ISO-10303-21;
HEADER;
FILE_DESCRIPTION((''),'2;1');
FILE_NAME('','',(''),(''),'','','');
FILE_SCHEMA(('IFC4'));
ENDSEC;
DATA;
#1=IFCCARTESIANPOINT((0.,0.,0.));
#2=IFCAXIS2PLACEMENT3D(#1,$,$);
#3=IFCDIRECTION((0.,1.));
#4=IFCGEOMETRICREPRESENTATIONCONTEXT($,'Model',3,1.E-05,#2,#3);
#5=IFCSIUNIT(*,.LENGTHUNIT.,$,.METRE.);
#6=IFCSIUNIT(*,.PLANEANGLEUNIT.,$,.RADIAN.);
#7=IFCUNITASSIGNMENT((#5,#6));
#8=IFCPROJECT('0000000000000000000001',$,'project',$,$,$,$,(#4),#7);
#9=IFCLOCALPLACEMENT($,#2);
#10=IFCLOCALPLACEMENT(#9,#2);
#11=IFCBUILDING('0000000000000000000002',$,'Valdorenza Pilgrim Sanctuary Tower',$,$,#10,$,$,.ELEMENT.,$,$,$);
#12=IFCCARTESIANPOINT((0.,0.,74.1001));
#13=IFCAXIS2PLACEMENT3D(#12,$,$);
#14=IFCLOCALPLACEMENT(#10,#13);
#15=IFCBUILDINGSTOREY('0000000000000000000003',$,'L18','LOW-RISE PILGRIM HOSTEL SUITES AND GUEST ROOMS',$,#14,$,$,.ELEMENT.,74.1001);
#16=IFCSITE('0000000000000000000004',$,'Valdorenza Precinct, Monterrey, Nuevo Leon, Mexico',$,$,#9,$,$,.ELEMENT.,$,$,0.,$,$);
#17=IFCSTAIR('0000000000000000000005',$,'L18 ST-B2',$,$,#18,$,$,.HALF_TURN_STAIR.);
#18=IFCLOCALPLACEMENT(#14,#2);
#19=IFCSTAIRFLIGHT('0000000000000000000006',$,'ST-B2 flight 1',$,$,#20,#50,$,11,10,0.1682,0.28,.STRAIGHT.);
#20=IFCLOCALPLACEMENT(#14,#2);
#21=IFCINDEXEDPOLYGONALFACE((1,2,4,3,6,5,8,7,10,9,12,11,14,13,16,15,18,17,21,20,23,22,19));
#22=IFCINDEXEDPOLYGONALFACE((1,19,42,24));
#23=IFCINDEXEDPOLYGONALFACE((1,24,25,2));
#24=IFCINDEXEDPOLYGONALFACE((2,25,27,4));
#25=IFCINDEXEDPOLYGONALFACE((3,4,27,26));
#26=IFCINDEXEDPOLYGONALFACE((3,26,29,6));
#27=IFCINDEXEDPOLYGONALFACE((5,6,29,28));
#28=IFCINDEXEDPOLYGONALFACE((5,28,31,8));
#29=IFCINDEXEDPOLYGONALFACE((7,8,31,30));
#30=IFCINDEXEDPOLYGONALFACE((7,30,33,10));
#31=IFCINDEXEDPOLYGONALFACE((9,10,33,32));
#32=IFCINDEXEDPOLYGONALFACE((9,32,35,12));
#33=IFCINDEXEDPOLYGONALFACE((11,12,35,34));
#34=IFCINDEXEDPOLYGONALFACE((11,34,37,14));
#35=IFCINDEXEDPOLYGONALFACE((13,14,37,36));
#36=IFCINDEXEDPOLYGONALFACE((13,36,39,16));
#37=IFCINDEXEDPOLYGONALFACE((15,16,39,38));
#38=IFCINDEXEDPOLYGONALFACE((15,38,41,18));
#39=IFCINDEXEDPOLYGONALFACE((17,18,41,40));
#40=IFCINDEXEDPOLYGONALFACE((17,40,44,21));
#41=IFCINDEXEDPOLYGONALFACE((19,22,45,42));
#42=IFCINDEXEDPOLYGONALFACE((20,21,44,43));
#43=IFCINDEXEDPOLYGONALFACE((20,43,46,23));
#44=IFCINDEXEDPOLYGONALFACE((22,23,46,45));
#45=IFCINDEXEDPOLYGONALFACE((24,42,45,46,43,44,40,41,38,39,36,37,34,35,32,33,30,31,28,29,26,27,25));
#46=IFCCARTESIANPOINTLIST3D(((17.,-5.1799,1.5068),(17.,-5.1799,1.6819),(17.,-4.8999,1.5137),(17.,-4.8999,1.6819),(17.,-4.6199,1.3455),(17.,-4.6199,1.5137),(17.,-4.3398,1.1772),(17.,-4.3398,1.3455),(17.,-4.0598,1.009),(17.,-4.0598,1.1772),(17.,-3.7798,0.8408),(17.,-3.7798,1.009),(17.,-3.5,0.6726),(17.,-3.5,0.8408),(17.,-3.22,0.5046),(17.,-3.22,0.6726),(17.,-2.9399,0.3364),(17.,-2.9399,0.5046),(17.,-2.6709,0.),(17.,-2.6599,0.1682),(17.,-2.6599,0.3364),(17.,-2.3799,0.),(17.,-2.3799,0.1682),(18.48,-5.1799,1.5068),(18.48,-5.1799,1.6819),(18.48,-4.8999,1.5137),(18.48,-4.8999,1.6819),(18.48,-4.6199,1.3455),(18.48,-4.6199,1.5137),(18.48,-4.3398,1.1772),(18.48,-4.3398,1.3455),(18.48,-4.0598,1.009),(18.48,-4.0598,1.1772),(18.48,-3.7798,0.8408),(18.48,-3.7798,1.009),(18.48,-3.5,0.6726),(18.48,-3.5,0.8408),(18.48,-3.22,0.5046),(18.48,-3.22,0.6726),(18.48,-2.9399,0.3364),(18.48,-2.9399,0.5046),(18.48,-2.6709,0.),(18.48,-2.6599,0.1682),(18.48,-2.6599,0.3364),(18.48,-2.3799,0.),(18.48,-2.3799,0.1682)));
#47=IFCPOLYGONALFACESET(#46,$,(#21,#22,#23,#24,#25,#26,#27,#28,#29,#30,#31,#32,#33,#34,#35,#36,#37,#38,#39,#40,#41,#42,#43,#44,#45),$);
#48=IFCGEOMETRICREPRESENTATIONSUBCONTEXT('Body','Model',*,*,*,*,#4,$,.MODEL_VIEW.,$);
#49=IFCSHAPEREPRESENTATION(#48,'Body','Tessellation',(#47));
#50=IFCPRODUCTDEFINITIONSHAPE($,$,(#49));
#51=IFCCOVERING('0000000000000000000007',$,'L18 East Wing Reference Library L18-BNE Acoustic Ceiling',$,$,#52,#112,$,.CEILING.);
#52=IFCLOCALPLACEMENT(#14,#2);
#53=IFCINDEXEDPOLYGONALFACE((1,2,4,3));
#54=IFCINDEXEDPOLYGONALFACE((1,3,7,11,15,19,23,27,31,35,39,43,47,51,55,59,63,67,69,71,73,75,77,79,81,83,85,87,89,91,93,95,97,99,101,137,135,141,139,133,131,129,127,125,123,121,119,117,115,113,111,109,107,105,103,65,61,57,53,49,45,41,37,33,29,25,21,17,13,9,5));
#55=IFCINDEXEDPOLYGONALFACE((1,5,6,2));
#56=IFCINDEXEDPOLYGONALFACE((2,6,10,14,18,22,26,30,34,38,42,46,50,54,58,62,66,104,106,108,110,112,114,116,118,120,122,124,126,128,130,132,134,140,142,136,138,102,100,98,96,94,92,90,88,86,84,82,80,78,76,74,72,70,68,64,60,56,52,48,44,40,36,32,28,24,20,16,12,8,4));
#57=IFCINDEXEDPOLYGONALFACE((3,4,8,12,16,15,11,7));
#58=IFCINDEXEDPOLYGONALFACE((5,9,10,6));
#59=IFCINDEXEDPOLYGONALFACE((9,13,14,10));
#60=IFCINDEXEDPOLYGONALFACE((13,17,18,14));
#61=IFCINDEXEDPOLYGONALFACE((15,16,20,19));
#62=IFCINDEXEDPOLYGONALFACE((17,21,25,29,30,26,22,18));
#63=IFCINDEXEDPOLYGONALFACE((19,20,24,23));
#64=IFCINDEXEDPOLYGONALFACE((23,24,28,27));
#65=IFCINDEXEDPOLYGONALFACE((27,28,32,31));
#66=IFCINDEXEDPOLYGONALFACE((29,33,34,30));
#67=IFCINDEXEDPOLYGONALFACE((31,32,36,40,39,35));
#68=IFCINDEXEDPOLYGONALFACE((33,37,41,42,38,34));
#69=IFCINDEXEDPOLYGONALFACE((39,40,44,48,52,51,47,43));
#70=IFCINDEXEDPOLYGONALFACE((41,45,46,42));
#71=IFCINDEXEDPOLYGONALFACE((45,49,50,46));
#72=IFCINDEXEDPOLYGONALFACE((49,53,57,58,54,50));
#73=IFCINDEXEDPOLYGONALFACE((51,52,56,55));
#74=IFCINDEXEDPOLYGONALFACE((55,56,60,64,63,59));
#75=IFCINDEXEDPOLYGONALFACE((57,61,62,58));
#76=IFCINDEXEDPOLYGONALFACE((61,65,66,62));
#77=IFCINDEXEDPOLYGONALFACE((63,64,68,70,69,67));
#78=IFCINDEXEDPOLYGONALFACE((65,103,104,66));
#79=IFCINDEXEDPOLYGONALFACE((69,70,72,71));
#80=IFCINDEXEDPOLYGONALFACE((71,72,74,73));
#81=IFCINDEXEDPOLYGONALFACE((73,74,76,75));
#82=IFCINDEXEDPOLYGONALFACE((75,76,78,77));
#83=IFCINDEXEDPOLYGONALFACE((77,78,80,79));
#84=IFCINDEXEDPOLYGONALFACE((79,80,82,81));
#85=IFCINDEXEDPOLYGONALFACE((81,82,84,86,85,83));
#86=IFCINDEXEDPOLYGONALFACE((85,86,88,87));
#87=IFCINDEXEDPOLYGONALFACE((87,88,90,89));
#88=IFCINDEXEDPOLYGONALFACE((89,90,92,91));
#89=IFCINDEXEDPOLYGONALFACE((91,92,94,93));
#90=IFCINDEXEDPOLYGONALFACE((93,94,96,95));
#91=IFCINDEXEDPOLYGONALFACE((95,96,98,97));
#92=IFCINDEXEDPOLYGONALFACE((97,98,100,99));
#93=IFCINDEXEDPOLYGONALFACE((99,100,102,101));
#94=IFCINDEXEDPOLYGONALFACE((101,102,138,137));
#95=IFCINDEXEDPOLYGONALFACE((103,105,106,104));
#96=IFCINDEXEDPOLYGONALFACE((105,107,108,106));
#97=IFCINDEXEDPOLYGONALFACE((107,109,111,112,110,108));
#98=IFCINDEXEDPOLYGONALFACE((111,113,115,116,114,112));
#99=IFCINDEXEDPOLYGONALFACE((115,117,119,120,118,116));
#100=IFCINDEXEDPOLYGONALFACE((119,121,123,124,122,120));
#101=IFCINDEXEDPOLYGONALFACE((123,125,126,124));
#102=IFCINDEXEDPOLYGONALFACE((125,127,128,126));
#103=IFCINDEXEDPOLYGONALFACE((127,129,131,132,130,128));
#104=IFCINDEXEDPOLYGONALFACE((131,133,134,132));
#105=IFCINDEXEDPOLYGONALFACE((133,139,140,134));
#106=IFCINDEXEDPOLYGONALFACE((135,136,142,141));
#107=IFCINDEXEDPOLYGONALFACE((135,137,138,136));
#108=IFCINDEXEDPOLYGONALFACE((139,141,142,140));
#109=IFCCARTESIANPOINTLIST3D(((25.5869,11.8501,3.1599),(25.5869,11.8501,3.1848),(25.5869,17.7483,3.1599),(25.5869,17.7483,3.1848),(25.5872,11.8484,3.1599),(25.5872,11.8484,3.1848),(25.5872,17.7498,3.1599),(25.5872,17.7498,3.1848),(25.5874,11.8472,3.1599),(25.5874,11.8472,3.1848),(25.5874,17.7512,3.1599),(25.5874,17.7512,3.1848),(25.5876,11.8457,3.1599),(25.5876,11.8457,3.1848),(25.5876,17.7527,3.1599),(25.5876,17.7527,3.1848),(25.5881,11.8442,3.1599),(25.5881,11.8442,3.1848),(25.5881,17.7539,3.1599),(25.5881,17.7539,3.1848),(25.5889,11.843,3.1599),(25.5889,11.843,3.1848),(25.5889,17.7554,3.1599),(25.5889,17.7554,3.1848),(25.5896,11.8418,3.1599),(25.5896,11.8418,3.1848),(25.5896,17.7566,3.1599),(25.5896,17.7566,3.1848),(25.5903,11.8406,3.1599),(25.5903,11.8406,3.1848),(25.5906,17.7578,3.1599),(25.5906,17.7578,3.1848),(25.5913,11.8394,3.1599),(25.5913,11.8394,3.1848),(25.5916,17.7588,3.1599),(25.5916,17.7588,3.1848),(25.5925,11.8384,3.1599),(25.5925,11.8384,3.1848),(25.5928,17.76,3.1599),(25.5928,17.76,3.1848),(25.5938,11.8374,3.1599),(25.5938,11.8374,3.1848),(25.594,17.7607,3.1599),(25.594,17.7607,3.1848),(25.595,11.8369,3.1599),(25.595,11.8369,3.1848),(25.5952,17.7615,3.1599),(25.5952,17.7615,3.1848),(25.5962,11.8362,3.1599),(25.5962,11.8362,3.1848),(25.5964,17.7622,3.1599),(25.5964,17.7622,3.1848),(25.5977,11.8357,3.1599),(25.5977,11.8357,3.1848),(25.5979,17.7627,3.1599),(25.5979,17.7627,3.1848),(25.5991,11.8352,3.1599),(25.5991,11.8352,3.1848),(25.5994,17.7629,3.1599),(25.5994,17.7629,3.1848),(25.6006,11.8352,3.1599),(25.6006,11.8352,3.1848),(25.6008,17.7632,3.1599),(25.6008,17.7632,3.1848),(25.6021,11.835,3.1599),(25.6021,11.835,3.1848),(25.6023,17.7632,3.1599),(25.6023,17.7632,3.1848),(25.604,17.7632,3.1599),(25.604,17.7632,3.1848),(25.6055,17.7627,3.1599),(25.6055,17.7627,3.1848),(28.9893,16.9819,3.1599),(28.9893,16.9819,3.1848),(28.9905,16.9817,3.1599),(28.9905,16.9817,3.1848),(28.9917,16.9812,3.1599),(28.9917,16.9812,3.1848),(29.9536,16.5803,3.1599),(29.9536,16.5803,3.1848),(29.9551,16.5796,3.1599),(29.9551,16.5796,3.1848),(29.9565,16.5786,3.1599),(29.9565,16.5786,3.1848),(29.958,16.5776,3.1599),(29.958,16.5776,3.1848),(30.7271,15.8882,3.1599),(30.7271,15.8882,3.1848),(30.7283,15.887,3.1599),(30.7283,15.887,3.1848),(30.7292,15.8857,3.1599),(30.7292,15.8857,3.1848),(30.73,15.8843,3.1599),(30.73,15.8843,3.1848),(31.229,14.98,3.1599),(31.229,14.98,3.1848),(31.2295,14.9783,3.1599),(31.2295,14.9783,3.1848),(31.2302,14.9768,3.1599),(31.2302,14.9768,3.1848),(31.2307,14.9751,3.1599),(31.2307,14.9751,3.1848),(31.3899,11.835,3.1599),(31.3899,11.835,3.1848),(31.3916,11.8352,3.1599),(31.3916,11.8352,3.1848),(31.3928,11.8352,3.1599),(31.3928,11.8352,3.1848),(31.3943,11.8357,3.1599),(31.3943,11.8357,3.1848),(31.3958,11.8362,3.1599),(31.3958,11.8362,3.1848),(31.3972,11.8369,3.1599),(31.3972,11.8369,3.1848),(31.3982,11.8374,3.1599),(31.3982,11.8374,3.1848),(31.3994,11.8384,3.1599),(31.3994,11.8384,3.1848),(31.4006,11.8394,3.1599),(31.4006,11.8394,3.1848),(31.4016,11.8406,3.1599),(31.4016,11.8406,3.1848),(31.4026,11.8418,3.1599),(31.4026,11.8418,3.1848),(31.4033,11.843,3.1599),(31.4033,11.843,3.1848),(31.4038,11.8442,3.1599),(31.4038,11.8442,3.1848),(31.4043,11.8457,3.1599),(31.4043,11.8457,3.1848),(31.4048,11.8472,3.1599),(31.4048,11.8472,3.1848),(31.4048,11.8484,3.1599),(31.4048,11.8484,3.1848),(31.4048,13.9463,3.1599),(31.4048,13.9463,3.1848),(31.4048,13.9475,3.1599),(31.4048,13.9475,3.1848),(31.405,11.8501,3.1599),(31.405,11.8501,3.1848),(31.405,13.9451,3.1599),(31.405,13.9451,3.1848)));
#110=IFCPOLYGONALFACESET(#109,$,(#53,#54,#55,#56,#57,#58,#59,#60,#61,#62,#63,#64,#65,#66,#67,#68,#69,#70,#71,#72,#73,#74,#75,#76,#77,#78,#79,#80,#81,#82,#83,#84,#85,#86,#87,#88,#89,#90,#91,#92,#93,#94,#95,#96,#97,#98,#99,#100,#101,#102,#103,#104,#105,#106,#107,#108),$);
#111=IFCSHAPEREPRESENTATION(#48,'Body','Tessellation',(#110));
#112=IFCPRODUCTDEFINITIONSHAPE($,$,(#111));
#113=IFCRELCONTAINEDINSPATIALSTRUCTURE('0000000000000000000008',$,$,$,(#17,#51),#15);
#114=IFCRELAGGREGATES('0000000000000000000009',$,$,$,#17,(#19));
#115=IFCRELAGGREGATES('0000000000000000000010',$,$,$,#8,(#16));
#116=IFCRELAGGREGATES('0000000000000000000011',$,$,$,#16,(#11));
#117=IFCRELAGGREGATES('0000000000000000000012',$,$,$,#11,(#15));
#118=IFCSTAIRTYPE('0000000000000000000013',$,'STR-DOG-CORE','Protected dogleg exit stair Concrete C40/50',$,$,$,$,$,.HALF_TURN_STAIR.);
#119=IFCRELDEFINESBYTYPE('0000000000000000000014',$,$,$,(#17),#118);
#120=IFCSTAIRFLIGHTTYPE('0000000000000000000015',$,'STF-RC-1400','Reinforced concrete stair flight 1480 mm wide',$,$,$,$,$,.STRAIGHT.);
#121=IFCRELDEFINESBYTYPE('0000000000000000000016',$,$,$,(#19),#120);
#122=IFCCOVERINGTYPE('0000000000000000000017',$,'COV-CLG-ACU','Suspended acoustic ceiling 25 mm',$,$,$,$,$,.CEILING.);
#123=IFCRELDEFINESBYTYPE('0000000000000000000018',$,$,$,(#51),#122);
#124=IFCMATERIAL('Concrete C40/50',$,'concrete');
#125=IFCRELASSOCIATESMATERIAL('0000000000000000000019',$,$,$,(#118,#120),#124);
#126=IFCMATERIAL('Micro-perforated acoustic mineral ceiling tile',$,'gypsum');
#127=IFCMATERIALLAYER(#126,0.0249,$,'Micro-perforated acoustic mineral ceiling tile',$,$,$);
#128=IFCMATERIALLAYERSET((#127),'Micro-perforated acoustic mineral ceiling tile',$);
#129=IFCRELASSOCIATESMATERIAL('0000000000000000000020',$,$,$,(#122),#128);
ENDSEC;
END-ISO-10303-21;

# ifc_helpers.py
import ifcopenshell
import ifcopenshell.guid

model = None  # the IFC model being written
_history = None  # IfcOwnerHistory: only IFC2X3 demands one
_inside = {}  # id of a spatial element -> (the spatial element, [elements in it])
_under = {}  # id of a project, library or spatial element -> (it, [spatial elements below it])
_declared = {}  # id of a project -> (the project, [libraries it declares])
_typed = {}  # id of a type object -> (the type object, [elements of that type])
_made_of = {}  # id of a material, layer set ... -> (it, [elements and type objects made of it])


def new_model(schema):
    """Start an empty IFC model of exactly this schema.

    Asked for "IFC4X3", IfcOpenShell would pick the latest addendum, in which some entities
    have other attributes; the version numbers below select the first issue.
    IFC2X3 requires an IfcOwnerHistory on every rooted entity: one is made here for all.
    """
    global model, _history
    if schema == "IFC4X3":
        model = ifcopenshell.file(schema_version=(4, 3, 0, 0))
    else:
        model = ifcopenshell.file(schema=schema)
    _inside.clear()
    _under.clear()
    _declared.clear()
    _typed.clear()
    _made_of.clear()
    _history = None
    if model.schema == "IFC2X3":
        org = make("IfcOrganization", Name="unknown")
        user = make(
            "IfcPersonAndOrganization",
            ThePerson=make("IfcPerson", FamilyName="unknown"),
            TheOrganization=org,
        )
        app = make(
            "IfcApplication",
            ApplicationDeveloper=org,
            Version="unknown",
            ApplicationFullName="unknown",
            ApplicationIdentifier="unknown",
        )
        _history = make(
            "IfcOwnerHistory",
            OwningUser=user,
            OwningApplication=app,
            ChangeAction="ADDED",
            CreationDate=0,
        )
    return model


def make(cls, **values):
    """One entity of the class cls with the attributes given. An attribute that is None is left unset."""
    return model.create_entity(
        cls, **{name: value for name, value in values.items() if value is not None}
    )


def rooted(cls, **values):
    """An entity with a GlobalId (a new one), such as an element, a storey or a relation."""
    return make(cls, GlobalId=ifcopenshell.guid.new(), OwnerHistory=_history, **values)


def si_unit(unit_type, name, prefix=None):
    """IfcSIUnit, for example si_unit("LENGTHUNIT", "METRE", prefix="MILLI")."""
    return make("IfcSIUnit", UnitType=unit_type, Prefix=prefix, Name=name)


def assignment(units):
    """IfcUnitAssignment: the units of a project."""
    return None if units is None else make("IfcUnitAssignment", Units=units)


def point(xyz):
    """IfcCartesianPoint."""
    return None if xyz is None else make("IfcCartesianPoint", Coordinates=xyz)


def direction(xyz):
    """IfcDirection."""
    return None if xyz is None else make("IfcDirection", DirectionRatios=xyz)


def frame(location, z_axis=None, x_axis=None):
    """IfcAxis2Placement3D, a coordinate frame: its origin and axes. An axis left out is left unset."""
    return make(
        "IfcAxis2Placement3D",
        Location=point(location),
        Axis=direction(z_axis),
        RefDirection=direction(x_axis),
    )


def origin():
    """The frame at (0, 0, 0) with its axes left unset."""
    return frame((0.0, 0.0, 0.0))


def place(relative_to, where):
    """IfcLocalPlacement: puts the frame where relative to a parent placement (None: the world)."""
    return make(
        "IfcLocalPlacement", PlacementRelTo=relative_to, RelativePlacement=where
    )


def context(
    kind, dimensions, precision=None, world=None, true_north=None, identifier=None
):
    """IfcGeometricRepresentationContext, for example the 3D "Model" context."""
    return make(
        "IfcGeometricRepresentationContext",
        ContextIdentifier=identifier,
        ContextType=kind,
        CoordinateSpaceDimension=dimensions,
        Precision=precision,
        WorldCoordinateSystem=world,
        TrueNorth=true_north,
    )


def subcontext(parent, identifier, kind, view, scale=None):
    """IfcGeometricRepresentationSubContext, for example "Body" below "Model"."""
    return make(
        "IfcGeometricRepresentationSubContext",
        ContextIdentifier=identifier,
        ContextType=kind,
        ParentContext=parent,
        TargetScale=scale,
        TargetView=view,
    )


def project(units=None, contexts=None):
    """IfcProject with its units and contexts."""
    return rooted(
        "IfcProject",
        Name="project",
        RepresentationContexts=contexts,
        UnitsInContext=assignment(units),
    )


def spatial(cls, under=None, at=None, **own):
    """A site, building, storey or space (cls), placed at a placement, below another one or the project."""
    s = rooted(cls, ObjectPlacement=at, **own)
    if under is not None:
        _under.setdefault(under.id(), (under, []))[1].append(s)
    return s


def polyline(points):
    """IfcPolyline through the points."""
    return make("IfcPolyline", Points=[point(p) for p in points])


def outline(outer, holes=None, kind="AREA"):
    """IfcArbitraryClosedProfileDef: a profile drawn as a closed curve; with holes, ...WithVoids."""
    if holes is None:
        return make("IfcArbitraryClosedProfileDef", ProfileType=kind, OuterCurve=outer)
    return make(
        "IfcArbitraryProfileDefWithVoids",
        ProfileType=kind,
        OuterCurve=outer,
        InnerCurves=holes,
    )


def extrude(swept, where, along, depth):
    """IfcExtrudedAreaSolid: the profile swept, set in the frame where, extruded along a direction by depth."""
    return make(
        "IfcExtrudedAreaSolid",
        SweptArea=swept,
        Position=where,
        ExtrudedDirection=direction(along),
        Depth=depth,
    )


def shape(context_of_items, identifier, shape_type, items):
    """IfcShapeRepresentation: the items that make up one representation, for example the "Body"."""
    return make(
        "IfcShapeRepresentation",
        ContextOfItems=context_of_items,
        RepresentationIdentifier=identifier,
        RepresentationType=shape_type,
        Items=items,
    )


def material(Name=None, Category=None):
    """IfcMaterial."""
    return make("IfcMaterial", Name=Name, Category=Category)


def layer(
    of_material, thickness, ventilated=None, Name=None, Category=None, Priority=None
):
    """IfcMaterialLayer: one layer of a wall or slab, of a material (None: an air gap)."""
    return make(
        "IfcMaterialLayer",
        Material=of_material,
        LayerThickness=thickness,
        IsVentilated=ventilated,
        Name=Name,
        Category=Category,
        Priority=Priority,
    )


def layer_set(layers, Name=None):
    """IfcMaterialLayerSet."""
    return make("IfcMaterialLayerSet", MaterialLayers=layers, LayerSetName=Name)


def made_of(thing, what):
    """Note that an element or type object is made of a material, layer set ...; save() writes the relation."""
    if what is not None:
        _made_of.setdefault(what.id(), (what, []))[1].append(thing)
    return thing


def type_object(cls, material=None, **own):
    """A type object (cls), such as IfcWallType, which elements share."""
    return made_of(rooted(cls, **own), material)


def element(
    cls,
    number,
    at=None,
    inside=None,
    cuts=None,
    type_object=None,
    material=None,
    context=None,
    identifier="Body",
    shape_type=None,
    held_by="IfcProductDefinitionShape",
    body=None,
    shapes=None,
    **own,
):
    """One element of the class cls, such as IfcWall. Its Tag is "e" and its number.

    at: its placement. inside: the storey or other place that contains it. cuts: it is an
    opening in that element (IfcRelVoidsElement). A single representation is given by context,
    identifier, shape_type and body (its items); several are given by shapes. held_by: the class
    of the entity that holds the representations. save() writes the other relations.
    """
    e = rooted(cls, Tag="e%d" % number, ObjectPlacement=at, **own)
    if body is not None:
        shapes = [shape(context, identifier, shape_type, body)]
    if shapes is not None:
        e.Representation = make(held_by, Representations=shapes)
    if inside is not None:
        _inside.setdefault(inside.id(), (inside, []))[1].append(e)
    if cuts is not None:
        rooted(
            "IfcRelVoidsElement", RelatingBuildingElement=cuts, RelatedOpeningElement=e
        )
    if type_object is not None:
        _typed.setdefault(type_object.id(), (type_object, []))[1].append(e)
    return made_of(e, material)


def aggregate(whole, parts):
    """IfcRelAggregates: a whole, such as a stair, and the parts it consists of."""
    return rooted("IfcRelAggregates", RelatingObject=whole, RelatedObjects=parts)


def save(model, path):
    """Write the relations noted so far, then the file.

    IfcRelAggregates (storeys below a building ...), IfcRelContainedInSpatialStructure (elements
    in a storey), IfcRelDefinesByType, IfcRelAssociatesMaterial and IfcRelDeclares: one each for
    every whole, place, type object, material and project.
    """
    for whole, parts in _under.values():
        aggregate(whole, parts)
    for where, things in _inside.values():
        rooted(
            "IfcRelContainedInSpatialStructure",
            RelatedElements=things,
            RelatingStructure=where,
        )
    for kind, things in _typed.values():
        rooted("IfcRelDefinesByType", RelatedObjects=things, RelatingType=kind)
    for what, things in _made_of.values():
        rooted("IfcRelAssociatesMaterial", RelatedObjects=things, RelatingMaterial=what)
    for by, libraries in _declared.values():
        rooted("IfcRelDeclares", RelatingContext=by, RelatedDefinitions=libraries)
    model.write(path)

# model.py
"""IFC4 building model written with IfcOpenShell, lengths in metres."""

from ifc_helpers import new_model, si_unit, direction, frame, origin, place, context, subcontext, project, spatial, polyline, outline, extrude, material, layer, layer_set, type_object, element, aggregate, save


model = new_model("IFC4")

# Units and contexts
model_context = context("Model", 3, precision=1e-05, world=origin(), true_north=direction((0.0, 1.0)))
body_context = subcontext(model_context, "Body", "Model", "MODEL_VIEW")
ifc_project = project(units=[si_unit("LENGTHUNIT", "METRE"), si_unit("PLANEANGLEUNIT", "RADIAN")], contexts=[model_context])

# Site, building, storey
site_placement = place(None, origin())
site = spatial("IfcSite", under=ifc_project, at=site_placement, Name="Valdorenza Precinct, Monterrey, Nuevo Leon, Mexico", CompositionType="ELEMENT", RefElevation=0.0)
building_placement = place(site_placement, origin())
building = spatial("IfcBuilding", under=site, at=building_placement, Name="Valdorenza Pilgrim Sanctuary Tower", CompositionType="ELEMENT")
storey_placement = place(building_placement, frame((0.0, 0.0, 74.1001)))
storey = spatial("IfcBuildingStorey", under=building, at=storey_placement, Name="L18", Description="LOW-RISE PILGRIM HOSTEL SUITES AND GUEST ROOMS", CompositionType="ELEMENT", Elevation=74.1001)

# Shared definitions
ifc_material_1 = material(Name="Concrete C40/50", Category="concrete")

# Stair, stair flight
stair_type = type_object("IfcStairType", Name="STR-DOG-CORE", Description="Protected dogleg exit stair Concrete C40/50", PredefinedType="HALF_TURN_STAIR", material=ifc_material_1)
stair_placement = place(storey_placement, origin())
stair = element("IfcStair", 1, at=stair_placement, inside=storey, type_object=stair_type, Name="L18 ST-B2", PredefinedType="HALF_TURN_STAIR")
stair_flight_type = type_object("IfcStairFlightType", Name="STF-RC-1400", Description="Reinforced concrete stair flight 1480 mm wide", PredefinedType="STRAIGHT", material=ifc_material_1)
stair_flight_placement = place(storey_placement, frame((17.74, -2.3799, 0.0), z_axis=(0.0, 0.0, 1.0), x_axis=(0.0, -1.0, 0.0)))
stair_flight = element("IfcStairFlight", 2, at=stair_flight_placement, type_object=stair_flight_type, Name="ST-B2 flight 1", NumberOfRisers=11, NumberOfTreads=10, PredefinedType="STRAIGHT", RiserHeight=0.1682, TreadLength=0.28, context=body_context, shape_type="SweptSolid", body=[
    extrude(outline(polyline([(0.0, 0.0), (0.0, 0.1682), (0.28, 0.1682), (0.28, 0.3364), (0.5601, 0.3364), (0.5601, 0.5046), (0.8401, 0.5046), (0.8401, 0.6726), (1.1201, 0.6726), (1.1201, 0.8408), (1.3999, 0.8408), (1.3999, 1.009), (1.6799, 1.009), (1.6799, 1.1772), (1.96, 1.1772), (1.96, 1.3455), (2.24, 1.3455), (2.24, 1.5137), (2.52, 1.5137), (2.52, 1.6819), (2.8, 1.6819), (2.8, 1.8501), (2.8, 1.5068), (0.291, 0.0), (0.0, 0.0)])), frame((0.0, 0.74, 0.0), z_axis=(0.0, -1.0, 0.0), x_axis=(1.0, 0.0, 0.0)), (0.0, 0.0, 1.0), 1.48),
])
aggregate(stair, [stair_flight])

# Covering
ifc_material_2 = material(Name="Micro-perforated acoustic mineral ceiling tile", Category="gypsum")
ifc_layer_1 = layer(ifc_material_2, 0.0249, Name="Micro-perforated acoustic mineral ceiling tile")
ifc_layer_set_1 = layer_set([ifc_layer_1], Name="Micro-perforated acoustic mineral ceiling tile")
covering_type_1 = type_object("IfcCoveringType", Name="COV-CLG-ACU", Description="Suspended acoustic ceiling 25 mm", PredefinedType="CEILING", material=ifc_layer_set_1)
covering_1_placement = place(storey_placement, frame((0.0, 0.0, 3.1599)))
element("IfcCovering", 3, at=covering_1_placement, inside=storey, type_object=covering_type_1, Name="L18 East Wing Reference Library L18-BNE Acoustic Ceiling", PredefinedType="CEILING", context=body_context, shape_type="SweptSolid", body=[
    extrude(outline(polyline([(28.9893, 16.9819), (28.9905, 16.9817), (28.9917, 16.9812), (29.9536, 16.5803), (29.9551, 16.5796), (29.9565, 16.5786), (29.958, 16.5776), (30.7271, 15.8882), (30.7283, 15.887), (30.7292, 15.8857), (30.73, 15.8843), (31.229, 14.98), (31.2295, 14.9783), (31.2302, 14.9768), (31.2307, 14.9751), (31.4048, 13.9475), (31.4048, 13.9463), (31.405, 13.9451), (31.405, 11.8501), (31.4048, 11.8484), (31.4048, 11.8472), (31.4043, 11.8457), (31.4038, 11.8442), (31.4033, 11.843), (31.4026, 11.8418), (31.4016, 11.8406), (31.4006, 11.8394), (31.3994, 11.8384), (31.3982, 11.8374), (31.3972, 11.8369), (31.3958, 11.8362), (31.3943, 11.8357), (31.3928, 11.8352), (31.3916, 11.8352), (31.3899, 11.835), (25.6021, 11.835), (25.6006, 11.8352), (25.5991, 11.8352), (25.5977, 11.8357), (25.5962, 11.8362), (25.595, 11.8369), (25.5938, 11.8374), (25.5925, 11.8384), (25.5913, 11.8394), (25.5903, 11.8406), (25.5896, 11.8418), (25.5889, 11.843), (25.5881, 11.8442), (25.5876, 11.8457), (25.5874, 11.8472), (25.5872, 11.8484), (25.5869, 11.8501), (25.5869, 17.7483), (25.5872, 17.7498), (25.5874, 17.7512), (25.5876, 17.7527), (25.5881, 17.7539), (25.5889, 17.7554), (25.5896, 17.7566), (25.5906, 17.7578), (25.5916, 17.7588), (25.5928, 17.76), (25.594, 17.7607), (25.5952, 17.7615), (25.5964, 17.7622), (25.5979, 17.7627), (25.5994, 17.7629), (25.6008, 17.7632), (25.6023, 17.7632), (25.604, 17.7632), (25.6055, 17.7627), (28.9893, 16.9819)])), origin(), (0.0, 0.0, 1.0), 0.0249),
])

save(model, "model.ifc")
